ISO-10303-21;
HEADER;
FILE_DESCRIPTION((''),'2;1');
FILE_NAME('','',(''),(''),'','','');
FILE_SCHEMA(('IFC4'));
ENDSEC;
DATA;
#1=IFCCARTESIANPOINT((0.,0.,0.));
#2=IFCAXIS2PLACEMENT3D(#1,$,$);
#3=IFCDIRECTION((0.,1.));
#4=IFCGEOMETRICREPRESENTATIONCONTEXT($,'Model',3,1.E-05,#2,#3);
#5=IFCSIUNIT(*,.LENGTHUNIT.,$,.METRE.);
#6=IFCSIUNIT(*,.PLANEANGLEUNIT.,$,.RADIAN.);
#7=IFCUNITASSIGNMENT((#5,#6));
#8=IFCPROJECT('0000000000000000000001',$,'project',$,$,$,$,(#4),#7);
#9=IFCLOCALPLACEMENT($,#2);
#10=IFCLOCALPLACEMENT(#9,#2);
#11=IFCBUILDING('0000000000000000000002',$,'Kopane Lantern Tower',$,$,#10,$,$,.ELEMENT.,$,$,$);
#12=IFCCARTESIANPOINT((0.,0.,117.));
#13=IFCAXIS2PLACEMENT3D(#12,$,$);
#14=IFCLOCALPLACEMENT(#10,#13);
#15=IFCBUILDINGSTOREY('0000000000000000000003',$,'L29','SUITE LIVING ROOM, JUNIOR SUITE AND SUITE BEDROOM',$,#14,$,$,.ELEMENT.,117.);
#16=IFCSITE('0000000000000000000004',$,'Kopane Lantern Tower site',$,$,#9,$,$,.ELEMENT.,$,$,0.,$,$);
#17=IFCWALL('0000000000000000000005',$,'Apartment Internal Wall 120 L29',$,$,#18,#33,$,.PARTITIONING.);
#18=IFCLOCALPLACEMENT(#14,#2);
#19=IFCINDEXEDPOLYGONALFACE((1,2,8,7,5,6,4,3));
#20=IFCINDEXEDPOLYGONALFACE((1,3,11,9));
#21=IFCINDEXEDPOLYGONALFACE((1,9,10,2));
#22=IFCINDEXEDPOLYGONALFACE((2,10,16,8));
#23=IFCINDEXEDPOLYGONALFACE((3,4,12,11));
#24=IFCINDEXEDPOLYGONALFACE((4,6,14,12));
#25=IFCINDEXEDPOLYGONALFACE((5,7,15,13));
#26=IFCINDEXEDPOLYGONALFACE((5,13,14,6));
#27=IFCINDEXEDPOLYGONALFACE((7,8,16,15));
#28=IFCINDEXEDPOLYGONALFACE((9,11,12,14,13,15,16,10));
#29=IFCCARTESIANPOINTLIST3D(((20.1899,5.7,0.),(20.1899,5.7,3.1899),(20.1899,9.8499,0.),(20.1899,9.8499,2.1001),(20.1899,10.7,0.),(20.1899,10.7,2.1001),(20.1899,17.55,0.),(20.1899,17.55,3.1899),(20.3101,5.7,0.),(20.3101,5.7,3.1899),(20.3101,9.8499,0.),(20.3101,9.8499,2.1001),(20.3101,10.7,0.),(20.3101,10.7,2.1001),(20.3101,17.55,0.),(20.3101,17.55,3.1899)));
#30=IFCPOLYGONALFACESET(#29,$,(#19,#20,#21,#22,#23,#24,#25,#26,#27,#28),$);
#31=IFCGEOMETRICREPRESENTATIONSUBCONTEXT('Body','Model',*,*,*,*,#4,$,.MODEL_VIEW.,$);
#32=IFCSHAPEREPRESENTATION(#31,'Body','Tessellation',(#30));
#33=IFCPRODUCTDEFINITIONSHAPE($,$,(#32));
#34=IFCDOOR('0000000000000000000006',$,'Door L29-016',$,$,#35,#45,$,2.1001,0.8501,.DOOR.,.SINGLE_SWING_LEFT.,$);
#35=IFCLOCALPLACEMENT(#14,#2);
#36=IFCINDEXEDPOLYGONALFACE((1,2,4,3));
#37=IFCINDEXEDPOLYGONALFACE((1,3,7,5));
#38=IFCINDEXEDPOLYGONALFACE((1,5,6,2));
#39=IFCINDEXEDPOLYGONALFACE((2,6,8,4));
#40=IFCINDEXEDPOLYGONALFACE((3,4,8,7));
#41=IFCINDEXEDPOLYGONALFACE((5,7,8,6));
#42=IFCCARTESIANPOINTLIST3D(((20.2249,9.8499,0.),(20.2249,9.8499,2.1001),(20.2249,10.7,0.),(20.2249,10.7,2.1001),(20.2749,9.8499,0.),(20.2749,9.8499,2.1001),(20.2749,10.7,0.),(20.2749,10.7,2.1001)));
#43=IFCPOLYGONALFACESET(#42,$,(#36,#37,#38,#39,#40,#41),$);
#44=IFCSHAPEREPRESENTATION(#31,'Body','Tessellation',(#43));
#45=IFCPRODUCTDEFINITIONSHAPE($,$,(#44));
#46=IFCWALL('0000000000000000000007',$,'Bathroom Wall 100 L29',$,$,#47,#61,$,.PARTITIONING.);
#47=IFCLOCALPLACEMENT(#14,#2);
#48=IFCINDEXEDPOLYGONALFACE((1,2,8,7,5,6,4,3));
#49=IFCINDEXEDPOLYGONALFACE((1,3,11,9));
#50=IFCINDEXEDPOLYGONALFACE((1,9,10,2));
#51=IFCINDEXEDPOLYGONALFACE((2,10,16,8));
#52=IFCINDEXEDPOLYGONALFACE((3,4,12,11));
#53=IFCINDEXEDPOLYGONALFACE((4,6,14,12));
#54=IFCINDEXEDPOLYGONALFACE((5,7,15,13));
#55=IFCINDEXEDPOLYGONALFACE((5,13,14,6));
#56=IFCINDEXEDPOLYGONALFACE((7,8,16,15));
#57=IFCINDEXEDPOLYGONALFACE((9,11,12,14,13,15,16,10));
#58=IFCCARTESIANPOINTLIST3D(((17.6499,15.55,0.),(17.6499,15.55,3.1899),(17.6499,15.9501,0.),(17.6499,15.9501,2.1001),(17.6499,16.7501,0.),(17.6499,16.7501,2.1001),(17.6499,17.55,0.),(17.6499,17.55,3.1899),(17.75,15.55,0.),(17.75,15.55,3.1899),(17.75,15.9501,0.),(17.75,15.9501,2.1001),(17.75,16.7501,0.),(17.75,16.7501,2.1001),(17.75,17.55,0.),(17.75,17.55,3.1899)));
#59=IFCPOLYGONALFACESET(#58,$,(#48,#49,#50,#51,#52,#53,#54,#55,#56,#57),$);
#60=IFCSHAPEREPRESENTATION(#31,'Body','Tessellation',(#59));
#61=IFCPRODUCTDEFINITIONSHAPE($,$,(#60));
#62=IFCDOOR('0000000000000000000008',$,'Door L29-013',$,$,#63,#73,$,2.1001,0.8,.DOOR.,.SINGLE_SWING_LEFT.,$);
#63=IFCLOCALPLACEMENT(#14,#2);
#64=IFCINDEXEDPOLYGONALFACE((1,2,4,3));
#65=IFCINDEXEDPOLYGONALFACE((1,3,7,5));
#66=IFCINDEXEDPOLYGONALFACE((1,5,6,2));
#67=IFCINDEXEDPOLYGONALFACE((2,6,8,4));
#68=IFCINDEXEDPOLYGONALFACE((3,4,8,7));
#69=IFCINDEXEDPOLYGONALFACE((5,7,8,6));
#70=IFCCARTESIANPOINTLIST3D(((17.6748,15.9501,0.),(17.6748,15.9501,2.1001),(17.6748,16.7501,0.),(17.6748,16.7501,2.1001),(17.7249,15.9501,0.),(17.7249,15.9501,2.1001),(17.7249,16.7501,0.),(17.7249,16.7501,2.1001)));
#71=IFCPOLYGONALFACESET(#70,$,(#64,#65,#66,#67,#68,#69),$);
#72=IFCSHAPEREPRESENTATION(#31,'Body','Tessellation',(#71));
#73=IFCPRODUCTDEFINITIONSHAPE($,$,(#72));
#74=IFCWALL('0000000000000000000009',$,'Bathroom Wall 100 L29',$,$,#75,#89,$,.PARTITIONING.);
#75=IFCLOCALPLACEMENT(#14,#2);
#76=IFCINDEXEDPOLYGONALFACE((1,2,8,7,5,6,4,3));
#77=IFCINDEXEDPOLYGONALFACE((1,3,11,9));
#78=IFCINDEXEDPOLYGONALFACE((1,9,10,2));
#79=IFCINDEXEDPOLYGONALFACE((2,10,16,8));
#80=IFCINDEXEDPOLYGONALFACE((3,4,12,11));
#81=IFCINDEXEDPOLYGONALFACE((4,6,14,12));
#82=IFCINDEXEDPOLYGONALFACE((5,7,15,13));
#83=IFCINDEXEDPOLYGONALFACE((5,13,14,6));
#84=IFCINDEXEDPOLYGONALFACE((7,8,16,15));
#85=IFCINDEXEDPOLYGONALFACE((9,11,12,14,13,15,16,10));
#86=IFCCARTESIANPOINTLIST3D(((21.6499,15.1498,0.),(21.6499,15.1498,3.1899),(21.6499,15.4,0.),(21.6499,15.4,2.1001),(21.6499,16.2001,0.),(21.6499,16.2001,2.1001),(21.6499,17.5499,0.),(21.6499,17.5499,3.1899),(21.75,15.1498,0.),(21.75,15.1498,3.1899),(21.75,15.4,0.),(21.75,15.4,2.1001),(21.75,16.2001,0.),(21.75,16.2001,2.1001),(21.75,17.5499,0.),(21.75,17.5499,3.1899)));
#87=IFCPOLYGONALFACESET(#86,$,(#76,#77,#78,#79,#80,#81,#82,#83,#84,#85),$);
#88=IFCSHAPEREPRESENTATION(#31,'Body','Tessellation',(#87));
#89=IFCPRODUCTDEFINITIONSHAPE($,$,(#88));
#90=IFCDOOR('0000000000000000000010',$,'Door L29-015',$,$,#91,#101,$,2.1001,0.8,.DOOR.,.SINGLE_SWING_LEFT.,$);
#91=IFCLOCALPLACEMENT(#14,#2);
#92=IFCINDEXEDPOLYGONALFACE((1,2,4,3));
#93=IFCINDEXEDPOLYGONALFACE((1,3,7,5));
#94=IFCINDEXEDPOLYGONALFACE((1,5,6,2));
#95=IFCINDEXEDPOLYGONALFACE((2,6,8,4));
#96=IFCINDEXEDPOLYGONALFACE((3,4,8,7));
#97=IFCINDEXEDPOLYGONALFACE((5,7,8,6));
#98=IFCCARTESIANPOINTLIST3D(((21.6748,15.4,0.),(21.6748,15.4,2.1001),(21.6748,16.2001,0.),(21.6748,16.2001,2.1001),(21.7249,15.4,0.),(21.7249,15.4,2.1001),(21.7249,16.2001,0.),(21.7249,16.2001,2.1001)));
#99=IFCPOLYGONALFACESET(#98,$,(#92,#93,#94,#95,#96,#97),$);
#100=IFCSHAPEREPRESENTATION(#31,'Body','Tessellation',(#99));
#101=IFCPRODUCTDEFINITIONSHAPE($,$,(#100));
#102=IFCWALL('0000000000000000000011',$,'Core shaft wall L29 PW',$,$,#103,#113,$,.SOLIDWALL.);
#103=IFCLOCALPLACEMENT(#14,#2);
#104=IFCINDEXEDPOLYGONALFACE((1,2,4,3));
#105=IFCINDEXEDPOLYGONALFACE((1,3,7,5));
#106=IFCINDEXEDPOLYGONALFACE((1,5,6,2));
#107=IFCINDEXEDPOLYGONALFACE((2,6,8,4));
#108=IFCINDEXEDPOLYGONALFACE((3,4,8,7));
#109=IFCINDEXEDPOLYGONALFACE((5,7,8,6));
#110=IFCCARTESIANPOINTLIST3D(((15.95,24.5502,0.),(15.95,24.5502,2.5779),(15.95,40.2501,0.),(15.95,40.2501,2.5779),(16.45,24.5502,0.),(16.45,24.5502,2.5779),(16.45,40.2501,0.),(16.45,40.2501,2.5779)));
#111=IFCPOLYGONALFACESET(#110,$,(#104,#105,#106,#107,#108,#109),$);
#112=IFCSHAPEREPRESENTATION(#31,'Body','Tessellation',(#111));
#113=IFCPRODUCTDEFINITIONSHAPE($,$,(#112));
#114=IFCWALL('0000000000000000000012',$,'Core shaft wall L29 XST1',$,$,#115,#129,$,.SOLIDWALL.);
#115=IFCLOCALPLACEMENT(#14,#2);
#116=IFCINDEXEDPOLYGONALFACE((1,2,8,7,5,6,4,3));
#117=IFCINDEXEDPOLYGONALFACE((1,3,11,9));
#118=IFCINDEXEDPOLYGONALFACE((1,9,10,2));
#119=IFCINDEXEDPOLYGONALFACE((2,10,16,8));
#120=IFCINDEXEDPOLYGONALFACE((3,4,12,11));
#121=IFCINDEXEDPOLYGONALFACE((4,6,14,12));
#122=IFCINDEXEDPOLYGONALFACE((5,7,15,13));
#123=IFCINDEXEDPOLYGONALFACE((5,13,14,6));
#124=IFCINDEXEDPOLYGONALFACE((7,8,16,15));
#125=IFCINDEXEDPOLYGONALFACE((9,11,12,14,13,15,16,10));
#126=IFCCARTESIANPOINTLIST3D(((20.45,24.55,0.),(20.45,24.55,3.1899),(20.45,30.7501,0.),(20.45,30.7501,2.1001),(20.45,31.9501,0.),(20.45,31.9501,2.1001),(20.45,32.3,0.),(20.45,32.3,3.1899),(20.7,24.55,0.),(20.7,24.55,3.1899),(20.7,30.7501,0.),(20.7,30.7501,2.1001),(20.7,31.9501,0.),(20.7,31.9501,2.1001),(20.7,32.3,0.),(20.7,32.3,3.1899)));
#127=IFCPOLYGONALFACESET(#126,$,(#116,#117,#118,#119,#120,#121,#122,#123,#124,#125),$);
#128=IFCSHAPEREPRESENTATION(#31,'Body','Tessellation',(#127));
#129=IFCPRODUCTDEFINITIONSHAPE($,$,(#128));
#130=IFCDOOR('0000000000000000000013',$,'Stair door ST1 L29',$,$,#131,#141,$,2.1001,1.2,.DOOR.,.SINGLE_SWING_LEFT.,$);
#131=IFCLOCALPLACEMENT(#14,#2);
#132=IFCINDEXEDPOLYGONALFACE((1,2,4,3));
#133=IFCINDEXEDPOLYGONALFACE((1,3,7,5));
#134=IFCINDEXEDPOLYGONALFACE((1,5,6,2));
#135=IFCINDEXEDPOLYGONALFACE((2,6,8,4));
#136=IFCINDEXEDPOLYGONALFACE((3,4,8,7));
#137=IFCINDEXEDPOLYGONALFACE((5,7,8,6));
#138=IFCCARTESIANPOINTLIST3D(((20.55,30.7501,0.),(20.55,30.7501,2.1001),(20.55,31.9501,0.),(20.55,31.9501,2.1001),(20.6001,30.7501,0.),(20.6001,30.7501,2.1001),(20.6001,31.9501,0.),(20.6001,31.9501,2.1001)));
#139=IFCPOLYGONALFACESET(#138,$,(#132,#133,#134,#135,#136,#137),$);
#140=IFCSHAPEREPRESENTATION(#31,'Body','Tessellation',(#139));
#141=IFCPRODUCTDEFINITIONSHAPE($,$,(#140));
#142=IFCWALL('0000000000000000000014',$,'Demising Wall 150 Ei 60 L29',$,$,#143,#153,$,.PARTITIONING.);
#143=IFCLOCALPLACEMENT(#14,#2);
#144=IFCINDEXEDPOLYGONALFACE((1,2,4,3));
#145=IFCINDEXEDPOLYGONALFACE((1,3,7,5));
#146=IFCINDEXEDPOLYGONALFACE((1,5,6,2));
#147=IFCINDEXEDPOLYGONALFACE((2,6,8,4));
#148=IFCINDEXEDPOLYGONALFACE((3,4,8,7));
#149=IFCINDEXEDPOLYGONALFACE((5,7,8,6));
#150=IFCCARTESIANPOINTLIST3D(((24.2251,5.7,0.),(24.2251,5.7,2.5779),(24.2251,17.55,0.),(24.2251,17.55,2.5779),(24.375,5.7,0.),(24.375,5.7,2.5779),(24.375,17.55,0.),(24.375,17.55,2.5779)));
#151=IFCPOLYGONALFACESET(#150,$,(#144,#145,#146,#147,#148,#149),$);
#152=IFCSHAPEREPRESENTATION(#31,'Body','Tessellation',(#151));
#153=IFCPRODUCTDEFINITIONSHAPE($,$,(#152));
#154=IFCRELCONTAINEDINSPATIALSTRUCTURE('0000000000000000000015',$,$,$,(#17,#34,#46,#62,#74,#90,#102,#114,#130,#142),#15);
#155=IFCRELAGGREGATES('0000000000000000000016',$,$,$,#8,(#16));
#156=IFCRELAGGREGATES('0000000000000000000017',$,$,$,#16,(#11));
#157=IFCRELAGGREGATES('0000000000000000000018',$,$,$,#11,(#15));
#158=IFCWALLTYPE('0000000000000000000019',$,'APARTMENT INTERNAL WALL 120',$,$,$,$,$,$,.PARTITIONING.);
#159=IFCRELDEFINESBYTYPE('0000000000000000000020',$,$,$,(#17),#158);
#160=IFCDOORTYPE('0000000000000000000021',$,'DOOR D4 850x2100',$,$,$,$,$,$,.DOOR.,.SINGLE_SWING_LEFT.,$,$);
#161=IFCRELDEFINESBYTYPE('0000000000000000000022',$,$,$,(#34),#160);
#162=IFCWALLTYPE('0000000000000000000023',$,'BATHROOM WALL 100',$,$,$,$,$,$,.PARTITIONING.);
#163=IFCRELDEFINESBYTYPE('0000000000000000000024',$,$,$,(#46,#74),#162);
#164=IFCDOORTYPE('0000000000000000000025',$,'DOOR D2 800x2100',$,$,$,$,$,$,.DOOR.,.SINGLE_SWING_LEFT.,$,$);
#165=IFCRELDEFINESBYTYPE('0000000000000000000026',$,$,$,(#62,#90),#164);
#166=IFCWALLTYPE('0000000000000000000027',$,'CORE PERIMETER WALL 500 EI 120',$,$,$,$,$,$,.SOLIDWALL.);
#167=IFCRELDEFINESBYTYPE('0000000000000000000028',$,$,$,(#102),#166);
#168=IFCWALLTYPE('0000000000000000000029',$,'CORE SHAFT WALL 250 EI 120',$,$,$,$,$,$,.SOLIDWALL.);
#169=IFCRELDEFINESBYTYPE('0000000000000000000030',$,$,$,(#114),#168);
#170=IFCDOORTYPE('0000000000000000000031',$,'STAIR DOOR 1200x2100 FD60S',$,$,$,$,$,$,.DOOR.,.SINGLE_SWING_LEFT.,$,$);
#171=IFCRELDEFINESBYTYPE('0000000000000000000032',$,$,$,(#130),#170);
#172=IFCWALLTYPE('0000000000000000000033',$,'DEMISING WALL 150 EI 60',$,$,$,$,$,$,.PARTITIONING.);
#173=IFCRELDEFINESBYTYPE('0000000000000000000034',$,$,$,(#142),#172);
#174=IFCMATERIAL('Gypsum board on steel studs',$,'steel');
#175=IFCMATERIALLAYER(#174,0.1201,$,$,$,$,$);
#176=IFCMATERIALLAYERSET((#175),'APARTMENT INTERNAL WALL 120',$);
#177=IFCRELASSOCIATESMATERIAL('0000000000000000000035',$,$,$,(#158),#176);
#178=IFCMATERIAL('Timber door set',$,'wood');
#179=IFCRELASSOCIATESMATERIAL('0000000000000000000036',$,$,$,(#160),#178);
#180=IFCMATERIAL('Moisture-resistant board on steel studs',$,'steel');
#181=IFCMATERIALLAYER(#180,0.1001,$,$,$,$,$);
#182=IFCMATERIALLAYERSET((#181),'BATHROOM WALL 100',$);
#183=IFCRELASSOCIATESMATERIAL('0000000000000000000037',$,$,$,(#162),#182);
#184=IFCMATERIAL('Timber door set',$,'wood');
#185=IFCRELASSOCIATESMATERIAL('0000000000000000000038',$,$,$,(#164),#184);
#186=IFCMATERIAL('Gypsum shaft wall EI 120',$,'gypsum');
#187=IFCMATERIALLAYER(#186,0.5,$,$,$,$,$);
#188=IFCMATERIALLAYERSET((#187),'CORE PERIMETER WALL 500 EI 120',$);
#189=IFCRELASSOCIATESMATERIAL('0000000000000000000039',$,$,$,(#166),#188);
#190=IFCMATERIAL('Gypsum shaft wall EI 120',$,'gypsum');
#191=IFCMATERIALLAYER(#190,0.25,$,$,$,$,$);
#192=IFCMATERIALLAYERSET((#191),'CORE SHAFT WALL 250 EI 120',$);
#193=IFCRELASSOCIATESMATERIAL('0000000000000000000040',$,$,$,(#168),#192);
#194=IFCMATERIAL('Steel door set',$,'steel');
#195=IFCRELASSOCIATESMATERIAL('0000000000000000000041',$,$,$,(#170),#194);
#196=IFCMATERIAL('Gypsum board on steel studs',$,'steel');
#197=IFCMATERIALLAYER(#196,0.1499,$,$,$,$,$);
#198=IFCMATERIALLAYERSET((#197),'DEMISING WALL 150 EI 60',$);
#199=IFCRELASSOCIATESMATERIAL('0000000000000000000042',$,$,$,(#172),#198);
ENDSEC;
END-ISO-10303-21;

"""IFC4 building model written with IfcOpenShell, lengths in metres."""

from ifc_helpers import new_model, si_unit, direction, frame, frame_2d, origin, place, context, subcontext, project, spatial, rectangle, extrude, material, layer, layer_set, type_object, element, fill, save


model = new_model("IFC4")

# Units and contexts
model_context = context("Model", 3, precision=1e-05, world=origin(), true_north=direction((0.0, 1.0)))
body_context = subcontext(model_context, "Body", "Model", "MODEL_VIEW")
ifc_project = project(units=[si_unit("LENGTHUNIT", "METRE"), si_unit("PLANEANGLEUNIT", "RADIAN")], contexts=[model_context])

# Site, building, storey
site_placement = place(None, origin())
site = spatial("IfcSite", under=ifc_project, at=site_placement, Name="Kopane Lantern Tower site", CompositionType="ELEMENT", RefElevation=0.0)
building_placement = place(site_placement, origin())
building = spatial("IfcBuilding", under=site, at=building_placement, Name="Kopane Lantern Tower", CompositionType="ELEMENT")
storey_placement = place(building_placement, frame((0.0, 0.0, 117.0)))
storey = spatial("IfcBuildingStorey", under=building, at=storey_placement, Name="L29", Description="SUITE LIVING ROOM, JUNIOR SUITE AND SUITE BEDROOM", CompositionType="ELEMENT", Elevation=117.0)

# Walls, openings, doors
ifc_material_1 = material(Name="Gypsum board on steel studs", Category="steel")
ifc_layer_1 = layer(ifc_material_1, 0.1201)
ifc_layer_set_1 = layer_set([ifc_layer_1], Name="APARTMENT INTERNAL WALL 120")
wall_type_1 = type_object("IfcWallType", Name="APARTMENT INTERNAL WALL 120", PredefinedType="PARTITIONING", material=ifc_layer_set_1)
wall_1_placement = place(storey_placement, frame((20.25, 17.55, 0.0), z_axis=(0.0, 0.0, 1.0), x_axis=(0.0, -1.0, 0.0)))
wall_1 = element("IfcWall", 1, at=wall_1_placement, inside=storey, type_object=wall_type_1, Name="Apartment Internal Wall 120 L29", PredefinedType="PARTITIONING", context=body_context, shape_type="SweptSolid", body=[
    extrude(rectangle(XDim=11.8501, YDim=0.1201, at=frame_2d((5.925, 0.0))), origin(), (0.0, 0.0, 1.0), 3.1899),
])
opening_1_placement = place(wall_1_placement, frame((6.8501, 0.0, 0.0)))
opening_1 = element("IfcOpeningElement", 2, at=opening_1_placement, cuts=wall_1, PredefinedType="OPENING", context=body_context, shape_type="SweptSolid", body=[
    extrude(rectangle(XDim=0.8501, YDim=2.1001, at=frame_2d((0.425, 1.05))), frame((0.0, 0.0701, 0.0), z_axis=(0.0, -1.0, 0.0), x_axis=(1.0, 0.0, 0.0)), (0.0, 0.0, 1.0), 0.1401),
])
ifc_material_2 = material(Name="Timber door set", Category="wood")
door_type_1 = type_object("IfcDoorType", Name="DOOR D4 850x2100", OperationType="SINGLE_SWING_LEFT", PredefinedType="DOOR", material=ifc_material_2)
door_1_placement = place(opening_1_placement, origin())
door_1 = element("IfcDoor", 3, at=door_1_placement, inside=storey, type_object=door_type_1, Name="Door L29-016", OperationType="SINGLE_SWING_LEFT", OverallHeight=2.1001, OverallWidth=0.8501, PredefinedType="DOOR", context=body_context, shape_type="SweptSolid", body=[
    extrude(rectangle(XDim=0.8501, YDim=2.1001, at=frame_2d((0.425, 1.05))), frame((0.0, 0.0249, 0.0), z_axis=(0.0, -1.0, 0.0), x_axis=(1.0, 0.0, 0.0)), (0.0, 0.0, 1.0), 0.05),
])
fill(opening_1, door_1)
ifc_material_3 = material(Name="Moisture-resistant board on steel studs", Category="steel")
ifc_layer_2 = layer(ifc_material_3, 0.1001)
ifc_layer_set_2 = layer_set([ifc_layer_2], Name="BATHROOM WALL 100")
wall_type_2 = type_object("IfcWallType", Name="BATHROOM WALL 100", PredefinedType="PARTITIONING", material=ifc_layer_set_2)
wall_2_placement = place(storey_placement, frame((17.7, 17.55, 0.0), z_axis=(0.0, 0.0, 1.0), x_axis=(0.0, -1.0, 0.0)))
wall_2 = element("IfcWall", 4, at=wall_2_placement, inside=storey, type_object=wall_type_2, Name="Bathroom Wall 100 L29", PredefinedType="PARTITIONING", context=body_context, shape_type="SweptSolid", body=[
    extrude(rectangle(XDim=2.0, YDim=0.1001, at=frame_2d((1.0, 0.0))), origin(), (0.0, 0.0, 1.0), 3.1899),
])
opening_2_placement = place(wall_2_placement, frame((0.8, 0.0, 0.0)))
opening_2 = element("IfcOpeningElement", 5, at=opening_2_placement, cuts=wall_2, PredefinedType="OPENING", context=body_context, shape_type="SweptSolid", body=[
    extrude(rectangle(XDim=0.8, YDim=2.1001, at=frame_2d((0.3999, 1.05))), frame((0.0, 0.0601, 0.0), z_axis=(0.0, -1.0, 0.0), x_axis=(1.0, 0.0, 0.0)), (0.0, 0.0, 1.0), 0.1201),
])
ifc_material_4 = material(Name="Timber door set", Category="wood")
door_type_2 = type_object("IfcDoorType", Name="DOOR D2 800x2100", OperationType="SINGLE_SWING_LEFT", PredefinedType="DOOR", material=ifc_material_4)
door_2_placement = place(opening_2_placement, origin())
door_2 = element("IfcDoor", 6, at=door_2_placement, inside=storey, type_object=door_type_2, Name="Door L29-013", OperationType="SINGLE_SWING_LEFT", OverallHeight=2.1001, OverallWidth=0.8, PredefinedType="DOOR", context=body_context, shape_type="SweptSolid", body=[
    extrude(rectangle(XDim=0.8, YDim=2.1001, at=frame_2d((0.3999, 1.05))), frame((0.0, 0.0249, 0.0), z_axis=(0.0, -1.0, 0.0), x_axis=(1.0, 0.0, 0.0)), (0.0, 0.0, 1.0), 0.05),
])
fill(opening_2, door_2)
wall_3_placement = place(storey_placement, frame((21.7, 17.55, 0.0), z_axis=(0.0, 0.0, 1.0), x_axis=(0.0, -1.0, 0.0)))
wall_3 = element("IfcWall", 7, at=wall_3_placement, inside=storey, type_object=wall_type_2, Name="Bathroom Wall 100 L29", PredefinedType="PARTITIONING", context=body_context, shape_type="SweptSolid", body=[
    extrude(rectangle(XDim=2.4001, YDim=0.1001, at=frame_2d((1.2002, 0.0))), origin(), (0.0, 0.0, 1.0), 3.1899),
])
opening_3_placement = place(wall_3_placement, frame((1.3501, 0.0, 0.0)))
opening_3 = element("IfcOpeningElement", 8, at=opening_3_placement, cuts=wall_3, PredefinedType="OPENING", context=body_context, shape_type="SweptSolid", body=[
    extrude(rectangle(XDim=0.8, YDim=2.1001, at=frame_2d((0.3999, 1.05))), frame((0.0, 0.0601, 0.0), z_axis=(0.0, -1.0, 0.0), x_axis=(1.0, 0.0, 0.0)), (0.0, 0.0, 1.0), 0.1201),
])
door_3_placement = place(opening_3_placement, origin())
door_3 = element("IfcDoor", 9, at=door_3_placement, inside=storey, type_object=door_type_2, Name="Door L29-015", OperationType="SINGLE_SWING_LEFT", OverallHeight=2.1001, OverallWidth=0.8, PredefinedType="DOOR", context=body_context, shape_type="SweptSolid", body=[
    extrude(rectangle(XDim=0.8, YDim=2.1001, at=frame_2d((0.3999, 1.05))), frame((0.0, 0.0249, 0.0), z_axis=(0.0, -1.0, 0.0), x_axis=(1.0, 0.0, 0.0)), (0.0, 0.0, 1.0), 0.05),
])
fill(opening_3, door_3)

# Wall
ifc_material_5 = material(Name="Gypsum shaft wall EI 120", Category="gypsum")
ifc_layer_3 = layer(ifc_material_5, 0.5)
ifc_layer_set_3 = layer_set([ifc_layer_3], Name="CORE PERIMETER WALL 500 EI 120")
wall_type_3 = type_object("IfcWallType", Name="CORE PERIMETER WALL 500 EI 120", PredefinedType="SOLIDWALL", material=ifc_layer_set_3)
wall_4_placement = place(storey_placement, frame((16.2, 24.55, 0.0), z_axis=(0.0, 0.0, 1.0), x_axis=(0.0, 1.0, 0.0)))
element("IfcWall", 10, at=wall_4_placement, inside=storey, type_object=wall_type_3, Name="Core shaft wall L29 PW", PredefinedType="SOLIDWALL", context=body_context, shape_type="SweptSolid", body=[
    extrude(rectangle(XDim=15.7, YDim=0.5, at=frame_2d((7.8501, 0.0))), origin(), (0.0, 0.0, 1.0), 2.5779),
])

# Wall, opening, door
ifc_material_6 = material(Name="Gypsum shaft wall EI 120", Category="gypsum")
ifc_layer_4 = layer(ifc_material_6, 0.25)
ifc_layer_set_4 = layer_set([ifc_layer_4], Name="CORE SHAFT WALL 250 EI 120")
wall_type_4 = type_object("IfcWallType", Name="CORE SHAFT WALL 250 EI 120", PredefinedType="SOLIDWALL", material=ifc_layer_set_4)
wall_5_placement = place(storey_placement, frame((20.575, 24.55, 0.0), z_axis=(0.0, 0.0, 1.0), x_axis=(0.0, 1.0, 0.0)))
wall_5 = element("IfcWall", 11, at=wall_5_placement, inside=storey, type_object=wall_type_4, Name="Core shaft wall L29 XST1", PredefinedType="SOLIDWALL", context=body_context, shape_type="SweptSolid", body=[
    extrude(rectangle(XDim=7.75, YDim=0.25, at=frame_2d((3.875, 0.0))), origin(), (0.0, 0.0, 1.0), 3.1899),
])
opening_4_placement = place(wall_5_placement, frame((6.2, 0.0, 0.0)))
opening_4 = element("IfcOpeningElement", 12, at=opening_4_placement, cuts=wall_5, PredefinedType="OPENING", context=body_context, shape_type="SweptSolid", body=[
    extrude(rectangle(XDim=1.2, YDim=2.1001, at=frame_2d((0.6001, 1.05))), frame((0.0, 0.135, 0.0), z_axis=(0.0, -1.0, 0.0), x_axis=(1.0, 0.0, 0.0)), (0.0, 0.0, 1.0), 0.27),
])
ifc_material_7 = material(Name="Steel door set", Category="steel")
door_type_3 = type_object("IfcDoorType", Name="STAIR DOOR 1200x2100 FD60S", OperationType="SINGLE_SWING_LEFT", PredefinedType="DOOR", material=ifc_material_7)
door_4_placement = place(opening_4_placement, origin())
door_4 = element("IfcDoor", 13, at=door_4_placement, inside=storey, type_object=door_type_3, Name="Stair door ST1 L29", OperationType="SINGLE_SWING_LEFT", OverallHeight=2.1001, OverallWidth=1.2, PredefinedType="DOOR", context=body_context, shape_type="SweptSolid", body=[
    extrude(rectangle(XDim=1.2, YDim=2.1001, at=frame_2d((0.6001, 1.05))), frame((0.0, 0.0249, 0.0), z_axis=(0.0, -1.0, 0.0), x_axis=(1.0, 0.0, 0.0)), (0.0, 0.0, 1.0), 0.05),
])
fill(opening_4, door_4)

# Wall
ifc_material_8 = material(Name="Gypsum board on steel studs", Category="steel")
ifc_layer_5 = layer(ifc_material_8, 0.1499)
ifc_layer_set_5 = layer_set([ifc_layer_5], Name="DEMISING WALL 150 EI 60")
wall_type_5 = type_object("IfcWallType", Name="DEMISING WALL 150 EI 60", PredefinedType="PARTITIONING", material=ifc_layer_set_5)
wall_6_placement = place(storey_placement, frame((24.3, 17.55, 0.0), z_axis=(0.0, 0.0, 1.0), x_axis=(0.0, -1.0, 0.0)))
element("IfcWall", 14, at=wall_6_placement, inside=storey, type_object=wall_type_5, Name="Demising Wall 150 Ei 60 L29", PredefinedType="PARTITIONING", context=body_context, shape_type="SweptSolid", body=[
    extrude(rectangle(XDim=11.8501, YDim=0.1499, at=frame_2d((5.925, 0.0))), origin(), (0.0, 0.0, 1.0), 2.5779),
])

save(model, "model.ifc")
